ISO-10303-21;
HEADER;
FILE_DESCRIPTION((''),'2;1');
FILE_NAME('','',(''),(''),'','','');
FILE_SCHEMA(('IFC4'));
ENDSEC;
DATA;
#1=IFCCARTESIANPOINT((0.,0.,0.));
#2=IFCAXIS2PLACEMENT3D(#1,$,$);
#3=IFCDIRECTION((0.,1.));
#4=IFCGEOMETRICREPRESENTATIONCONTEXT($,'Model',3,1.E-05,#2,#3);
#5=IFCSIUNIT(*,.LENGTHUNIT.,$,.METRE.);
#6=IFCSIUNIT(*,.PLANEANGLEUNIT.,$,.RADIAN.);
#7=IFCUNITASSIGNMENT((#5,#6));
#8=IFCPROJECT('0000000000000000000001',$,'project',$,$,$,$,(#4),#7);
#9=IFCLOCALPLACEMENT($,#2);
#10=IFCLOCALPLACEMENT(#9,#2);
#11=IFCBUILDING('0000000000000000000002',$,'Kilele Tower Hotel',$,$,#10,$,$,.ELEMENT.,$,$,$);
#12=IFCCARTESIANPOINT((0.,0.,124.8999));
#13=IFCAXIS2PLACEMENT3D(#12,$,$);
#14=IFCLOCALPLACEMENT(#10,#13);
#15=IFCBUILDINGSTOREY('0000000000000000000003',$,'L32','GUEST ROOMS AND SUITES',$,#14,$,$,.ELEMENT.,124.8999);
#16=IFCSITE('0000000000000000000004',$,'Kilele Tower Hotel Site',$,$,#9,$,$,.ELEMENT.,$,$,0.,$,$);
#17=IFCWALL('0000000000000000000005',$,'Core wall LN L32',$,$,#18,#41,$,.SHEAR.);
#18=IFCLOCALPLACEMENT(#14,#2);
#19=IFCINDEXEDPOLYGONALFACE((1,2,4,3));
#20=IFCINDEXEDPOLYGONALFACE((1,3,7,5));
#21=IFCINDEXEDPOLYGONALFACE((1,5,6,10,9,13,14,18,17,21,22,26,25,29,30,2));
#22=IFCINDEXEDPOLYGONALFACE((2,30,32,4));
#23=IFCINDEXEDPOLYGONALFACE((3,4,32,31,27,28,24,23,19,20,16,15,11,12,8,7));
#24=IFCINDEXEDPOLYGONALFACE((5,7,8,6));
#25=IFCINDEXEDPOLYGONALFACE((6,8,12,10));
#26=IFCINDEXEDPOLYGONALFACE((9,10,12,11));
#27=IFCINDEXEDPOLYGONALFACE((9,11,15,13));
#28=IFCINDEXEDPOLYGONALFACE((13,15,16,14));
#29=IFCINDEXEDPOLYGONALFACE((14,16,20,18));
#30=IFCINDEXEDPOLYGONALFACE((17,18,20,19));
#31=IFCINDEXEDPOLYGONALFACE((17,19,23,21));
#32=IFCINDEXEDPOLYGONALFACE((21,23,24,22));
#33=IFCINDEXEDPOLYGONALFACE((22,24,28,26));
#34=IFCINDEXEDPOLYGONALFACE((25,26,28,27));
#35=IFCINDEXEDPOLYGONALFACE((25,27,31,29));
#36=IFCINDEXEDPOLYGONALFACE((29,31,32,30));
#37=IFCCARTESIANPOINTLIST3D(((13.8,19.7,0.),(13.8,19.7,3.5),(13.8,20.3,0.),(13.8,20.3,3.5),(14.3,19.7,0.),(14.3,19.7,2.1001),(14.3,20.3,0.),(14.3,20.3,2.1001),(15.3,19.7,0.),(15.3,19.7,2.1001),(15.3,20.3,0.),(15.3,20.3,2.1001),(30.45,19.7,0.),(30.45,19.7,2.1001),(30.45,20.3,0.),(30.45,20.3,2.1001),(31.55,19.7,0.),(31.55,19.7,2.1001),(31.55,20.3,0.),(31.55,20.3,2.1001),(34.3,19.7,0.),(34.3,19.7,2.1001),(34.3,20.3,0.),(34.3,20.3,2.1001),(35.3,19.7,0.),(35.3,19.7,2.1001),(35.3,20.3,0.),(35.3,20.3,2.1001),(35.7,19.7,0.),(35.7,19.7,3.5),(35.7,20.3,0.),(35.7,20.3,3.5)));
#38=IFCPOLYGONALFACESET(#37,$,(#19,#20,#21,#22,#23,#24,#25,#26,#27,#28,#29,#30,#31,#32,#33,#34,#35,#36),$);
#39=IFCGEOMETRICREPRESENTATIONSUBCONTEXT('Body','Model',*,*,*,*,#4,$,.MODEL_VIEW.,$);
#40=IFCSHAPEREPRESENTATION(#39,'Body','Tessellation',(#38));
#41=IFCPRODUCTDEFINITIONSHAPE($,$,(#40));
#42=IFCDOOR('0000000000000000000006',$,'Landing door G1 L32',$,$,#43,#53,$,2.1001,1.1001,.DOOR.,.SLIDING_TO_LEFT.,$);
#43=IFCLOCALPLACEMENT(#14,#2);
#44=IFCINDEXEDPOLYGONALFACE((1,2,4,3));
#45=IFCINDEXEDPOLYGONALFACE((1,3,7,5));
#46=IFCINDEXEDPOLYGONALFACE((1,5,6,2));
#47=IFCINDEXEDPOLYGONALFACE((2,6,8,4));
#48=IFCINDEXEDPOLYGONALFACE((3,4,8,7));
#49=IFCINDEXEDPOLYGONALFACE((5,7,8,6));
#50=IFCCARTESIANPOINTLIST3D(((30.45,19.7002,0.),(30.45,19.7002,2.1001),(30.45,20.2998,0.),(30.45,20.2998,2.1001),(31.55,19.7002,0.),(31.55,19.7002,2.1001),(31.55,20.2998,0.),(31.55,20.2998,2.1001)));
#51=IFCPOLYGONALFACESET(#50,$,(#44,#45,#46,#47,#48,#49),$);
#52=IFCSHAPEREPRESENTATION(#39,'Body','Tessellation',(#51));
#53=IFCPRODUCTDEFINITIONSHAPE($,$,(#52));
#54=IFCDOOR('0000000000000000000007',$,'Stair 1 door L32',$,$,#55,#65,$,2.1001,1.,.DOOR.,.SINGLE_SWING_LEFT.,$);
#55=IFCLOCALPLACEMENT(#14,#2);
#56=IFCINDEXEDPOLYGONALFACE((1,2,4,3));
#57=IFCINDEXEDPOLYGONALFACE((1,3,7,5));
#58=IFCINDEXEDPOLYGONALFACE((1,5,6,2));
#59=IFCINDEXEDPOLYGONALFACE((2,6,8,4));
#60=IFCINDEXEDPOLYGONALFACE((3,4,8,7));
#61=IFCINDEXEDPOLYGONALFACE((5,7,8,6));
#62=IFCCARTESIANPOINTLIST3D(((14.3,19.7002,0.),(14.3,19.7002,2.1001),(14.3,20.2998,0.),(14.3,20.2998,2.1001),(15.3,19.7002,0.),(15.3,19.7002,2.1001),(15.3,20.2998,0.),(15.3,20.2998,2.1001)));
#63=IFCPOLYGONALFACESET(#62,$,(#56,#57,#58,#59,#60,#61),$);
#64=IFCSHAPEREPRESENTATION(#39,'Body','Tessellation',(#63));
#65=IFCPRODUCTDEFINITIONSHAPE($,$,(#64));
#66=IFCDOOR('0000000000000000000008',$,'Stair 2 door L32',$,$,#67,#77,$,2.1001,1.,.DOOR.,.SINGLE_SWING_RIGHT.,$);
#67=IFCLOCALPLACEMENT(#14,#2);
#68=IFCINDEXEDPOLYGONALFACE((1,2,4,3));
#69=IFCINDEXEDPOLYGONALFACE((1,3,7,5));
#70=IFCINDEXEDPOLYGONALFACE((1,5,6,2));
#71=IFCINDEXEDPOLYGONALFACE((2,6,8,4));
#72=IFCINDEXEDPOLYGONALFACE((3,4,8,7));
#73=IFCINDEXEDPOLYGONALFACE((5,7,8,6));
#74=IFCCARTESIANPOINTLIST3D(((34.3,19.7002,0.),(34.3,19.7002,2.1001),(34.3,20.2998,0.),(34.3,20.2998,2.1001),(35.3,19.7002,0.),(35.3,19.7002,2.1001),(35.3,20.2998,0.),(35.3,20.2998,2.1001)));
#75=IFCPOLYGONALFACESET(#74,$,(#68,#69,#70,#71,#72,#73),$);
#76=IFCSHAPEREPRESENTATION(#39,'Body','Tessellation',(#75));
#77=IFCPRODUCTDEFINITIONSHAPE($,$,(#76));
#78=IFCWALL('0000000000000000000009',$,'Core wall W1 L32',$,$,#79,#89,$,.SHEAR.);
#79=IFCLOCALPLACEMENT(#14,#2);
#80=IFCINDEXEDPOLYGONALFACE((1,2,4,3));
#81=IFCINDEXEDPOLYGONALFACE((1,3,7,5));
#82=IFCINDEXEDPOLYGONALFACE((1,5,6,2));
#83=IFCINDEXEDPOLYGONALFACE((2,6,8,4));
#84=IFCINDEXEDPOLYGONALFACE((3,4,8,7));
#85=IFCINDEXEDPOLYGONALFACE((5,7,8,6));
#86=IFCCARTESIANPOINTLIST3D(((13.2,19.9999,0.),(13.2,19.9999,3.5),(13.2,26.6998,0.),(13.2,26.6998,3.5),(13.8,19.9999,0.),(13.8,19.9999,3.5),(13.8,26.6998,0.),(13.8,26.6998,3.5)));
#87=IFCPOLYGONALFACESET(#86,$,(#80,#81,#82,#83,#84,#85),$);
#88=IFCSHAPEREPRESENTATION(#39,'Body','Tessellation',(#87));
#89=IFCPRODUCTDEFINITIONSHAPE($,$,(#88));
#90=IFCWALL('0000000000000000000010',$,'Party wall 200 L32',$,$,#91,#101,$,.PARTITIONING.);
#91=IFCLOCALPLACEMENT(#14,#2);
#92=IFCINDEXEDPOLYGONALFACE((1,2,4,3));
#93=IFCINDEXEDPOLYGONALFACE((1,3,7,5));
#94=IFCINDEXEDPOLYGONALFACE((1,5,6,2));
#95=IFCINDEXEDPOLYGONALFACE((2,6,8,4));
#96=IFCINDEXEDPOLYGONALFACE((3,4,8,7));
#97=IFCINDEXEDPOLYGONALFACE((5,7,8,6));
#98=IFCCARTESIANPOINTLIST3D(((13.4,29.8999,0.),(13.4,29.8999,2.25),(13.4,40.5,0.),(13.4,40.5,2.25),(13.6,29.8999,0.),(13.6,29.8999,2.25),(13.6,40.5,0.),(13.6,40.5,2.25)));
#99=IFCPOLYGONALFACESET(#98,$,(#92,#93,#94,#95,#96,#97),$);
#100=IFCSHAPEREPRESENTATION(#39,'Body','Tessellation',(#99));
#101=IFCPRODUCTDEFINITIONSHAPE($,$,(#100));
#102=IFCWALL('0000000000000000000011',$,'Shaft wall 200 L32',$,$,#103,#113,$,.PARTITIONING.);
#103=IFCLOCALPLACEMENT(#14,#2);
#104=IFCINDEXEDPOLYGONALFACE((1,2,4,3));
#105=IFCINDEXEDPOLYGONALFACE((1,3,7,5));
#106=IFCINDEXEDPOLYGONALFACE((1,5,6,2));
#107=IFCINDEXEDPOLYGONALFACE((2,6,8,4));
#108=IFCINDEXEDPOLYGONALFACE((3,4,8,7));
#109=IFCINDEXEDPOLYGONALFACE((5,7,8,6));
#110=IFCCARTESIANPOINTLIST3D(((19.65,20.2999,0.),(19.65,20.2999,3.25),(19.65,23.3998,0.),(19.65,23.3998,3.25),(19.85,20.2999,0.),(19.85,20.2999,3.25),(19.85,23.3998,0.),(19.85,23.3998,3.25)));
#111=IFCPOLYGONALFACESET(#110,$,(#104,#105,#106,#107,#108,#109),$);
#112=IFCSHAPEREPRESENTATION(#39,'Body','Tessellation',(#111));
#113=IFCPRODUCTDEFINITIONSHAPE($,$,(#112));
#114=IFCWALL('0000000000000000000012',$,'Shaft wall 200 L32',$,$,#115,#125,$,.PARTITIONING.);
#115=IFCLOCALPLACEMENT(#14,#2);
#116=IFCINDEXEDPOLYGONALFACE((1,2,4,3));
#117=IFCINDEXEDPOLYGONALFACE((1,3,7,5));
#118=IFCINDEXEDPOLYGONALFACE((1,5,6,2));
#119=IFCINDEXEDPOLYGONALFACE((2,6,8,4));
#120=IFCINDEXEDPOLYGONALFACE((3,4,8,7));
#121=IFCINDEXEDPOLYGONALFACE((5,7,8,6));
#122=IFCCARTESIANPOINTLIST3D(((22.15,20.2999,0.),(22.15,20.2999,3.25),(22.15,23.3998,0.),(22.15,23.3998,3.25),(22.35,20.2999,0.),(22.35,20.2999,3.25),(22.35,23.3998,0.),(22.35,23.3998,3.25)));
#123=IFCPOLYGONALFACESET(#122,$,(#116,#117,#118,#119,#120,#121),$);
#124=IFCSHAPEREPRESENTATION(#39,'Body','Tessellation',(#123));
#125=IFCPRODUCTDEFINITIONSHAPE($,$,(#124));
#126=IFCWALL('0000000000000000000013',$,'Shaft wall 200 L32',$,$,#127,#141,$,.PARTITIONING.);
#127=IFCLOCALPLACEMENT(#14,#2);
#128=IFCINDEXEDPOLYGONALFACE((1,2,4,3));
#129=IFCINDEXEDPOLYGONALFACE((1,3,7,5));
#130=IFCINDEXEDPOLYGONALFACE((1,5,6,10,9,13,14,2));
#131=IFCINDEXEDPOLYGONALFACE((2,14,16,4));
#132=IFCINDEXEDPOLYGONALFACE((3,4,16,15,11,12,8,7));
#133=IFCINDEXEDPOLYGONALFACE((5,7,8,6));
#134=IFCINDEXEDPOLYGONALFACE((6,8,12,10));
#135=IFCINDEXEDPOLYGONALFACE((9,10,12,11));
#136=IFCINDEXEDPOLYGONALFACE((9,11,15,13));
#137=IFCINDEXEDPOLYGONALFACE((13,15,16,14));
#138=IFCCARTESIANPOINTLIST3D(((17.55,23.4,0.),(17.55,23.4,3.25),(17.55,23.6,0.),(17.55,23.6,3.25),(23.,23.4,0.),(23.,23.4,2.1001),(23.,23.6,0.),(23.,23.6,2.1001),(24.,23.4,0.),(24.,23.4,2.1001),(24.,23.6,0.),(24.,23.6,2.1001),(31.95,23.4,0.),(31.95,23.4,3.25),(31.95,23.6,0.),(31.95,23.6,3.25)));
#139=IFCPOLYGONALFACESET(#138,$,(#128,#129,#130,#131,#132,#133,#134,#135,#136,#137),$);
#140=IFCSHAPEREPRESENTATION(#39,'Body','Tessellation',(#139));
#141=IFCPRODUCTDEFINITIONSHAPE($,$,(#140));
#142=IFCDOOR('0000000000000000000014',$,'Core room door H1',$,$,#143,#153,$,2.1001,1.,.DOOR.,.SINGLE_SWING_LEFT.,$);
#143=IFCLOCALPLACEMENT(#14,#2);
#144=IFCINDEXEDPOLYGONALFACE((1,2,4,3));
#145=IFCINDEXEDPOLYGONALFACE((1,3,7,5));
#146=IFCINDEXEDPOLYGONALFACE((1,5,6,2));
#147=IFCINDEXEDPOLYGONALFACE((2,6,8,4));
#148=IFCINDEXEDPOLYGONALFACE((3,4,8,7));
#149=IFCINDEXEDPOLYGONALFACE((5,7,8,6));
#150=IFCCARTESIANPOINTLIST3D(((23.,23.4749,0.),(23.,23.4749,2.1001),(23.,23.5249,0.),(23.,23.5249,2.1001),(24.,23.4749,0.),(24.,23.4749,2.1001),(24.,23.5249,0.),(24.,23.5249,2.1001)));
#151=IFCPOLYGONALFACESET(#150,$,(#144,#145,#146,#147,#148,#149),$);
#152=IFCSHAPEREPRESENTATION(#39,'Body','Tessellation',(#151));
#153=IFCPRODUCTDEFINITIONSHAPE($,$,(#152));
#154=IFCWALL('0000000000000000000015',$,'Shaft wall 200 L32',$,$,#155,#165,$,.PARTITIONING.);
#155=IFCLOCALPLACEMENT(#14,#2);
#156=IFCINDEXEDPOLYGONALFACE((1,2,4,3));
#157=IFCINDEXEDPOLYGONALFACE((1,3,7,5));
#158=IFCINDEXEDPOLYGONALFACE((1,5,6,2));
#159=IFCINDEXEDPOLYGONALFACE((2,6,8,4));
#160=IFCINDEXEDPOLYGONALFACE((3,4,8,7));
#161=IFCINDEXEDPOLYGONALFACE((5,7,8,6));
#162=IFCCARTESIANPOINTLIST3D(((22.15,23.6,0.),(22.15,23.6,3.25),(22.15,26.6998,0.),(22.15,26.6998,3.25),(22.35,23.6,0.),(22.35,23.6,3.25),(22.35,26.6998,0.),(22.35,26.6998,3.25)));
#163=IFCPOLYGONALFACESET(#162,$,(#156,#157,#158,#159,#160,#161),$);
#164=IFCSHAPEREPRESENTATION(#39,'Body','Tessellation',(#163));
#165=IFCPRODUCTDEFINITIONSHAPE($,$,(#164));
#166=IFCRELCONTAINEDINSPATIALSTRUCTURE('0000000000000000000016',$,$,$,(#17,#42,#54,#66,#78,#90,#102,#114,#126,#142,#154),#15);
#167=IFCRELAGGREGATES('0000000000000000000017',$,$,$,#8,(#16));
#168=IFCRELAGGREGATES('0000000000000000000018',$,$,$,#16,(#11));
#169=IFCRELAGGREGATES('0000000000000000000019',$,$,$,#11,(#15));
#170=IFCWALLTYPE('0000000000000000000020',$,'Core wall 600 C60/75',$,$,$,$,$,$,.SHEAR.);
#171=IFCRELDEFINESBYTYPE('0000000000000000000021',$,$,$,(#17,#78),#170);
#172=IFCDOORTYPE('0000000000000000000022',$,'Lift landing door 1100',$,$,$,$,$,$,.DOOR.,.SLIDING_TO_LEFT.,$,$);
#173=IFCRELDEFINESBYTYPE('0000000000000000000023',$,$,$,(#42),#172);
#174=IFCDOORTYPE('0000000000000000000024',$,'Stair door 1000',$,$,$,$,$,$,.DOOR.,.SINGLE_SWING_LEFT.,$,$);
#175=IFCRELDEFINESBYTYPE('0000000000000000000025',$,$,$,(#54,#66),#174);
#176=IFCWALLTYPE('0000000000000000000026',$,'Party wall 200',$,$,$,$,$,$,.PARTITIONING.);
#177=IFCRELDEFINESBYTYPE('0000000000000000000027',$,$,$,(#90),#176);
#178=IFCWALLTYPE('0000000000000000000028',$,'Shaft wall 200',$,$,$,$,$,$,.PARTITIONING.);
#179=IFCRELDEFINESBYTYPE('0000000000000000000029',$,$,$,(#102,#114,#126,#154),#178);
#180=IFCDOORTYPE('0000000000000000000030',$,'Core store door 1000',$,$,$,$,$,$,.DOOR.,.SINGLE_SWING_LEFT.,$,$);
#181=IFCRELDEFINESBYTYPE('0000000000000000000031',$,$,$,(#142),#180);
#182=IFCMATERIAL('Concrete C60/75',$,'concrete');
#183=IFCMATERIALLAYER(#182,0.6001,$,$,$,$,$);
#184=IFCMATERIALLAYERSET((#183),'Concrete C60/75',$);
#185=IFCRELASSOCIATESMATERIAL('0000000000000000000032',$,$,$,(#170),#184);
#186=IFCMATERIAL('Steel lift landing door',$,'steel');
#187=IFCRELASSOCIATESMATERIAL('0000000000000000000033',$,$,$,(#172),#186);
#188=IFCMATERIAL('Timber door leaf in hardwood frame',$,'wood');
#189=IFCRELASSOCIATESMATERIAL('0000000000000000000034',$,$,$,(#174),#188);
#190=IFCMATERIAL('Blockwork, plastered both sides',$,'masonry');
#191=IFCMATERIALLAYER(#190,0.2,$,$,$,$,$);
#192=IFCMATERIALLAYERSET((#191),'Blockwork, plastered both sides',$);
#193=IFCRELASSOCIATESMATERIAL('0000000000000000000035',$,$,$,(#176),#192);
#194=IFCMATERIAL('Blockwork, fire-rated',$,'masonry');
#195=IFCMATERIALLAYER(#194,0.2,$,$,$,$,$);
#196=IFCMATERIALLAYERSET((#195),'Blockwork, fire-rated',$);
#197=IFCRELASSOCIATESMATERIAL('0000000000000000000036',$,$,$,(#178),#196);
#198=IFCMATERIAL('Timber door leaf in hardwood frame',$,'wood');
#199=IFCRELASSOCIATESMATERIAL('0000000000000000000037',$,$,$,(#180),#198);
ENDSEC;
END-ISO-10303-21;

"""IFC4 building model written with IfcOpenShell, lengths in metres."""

from ifc_helpers import new_model, si_unit, direction, frame, frame_2d, origin, place, context, subcontext, project, spatial, rectangle, extrude, material, layer, layer_set, type_object, element, fill, save


model = new_model("IFC4")

# Units and contexts
model_context = context("Model", 3, precision=1e-05, world=origin(), true_north=direction((0.0, 1.0)))
body_context = subcontext(model_context, "Body", "Model", "MODEL_VIEW")
ifc_project = project(units=[si_unit("LENGTHUNIT", "METRE"), si_unit("PLANEANGLEUNIT", "RADIAN")], contexts=[model_context])

# Site, building, storey
site_placement = place(None, origin())
site = spatial("IfcSite", under=ifc_project, at=site_placement, Name="Kilele Tower Hotel Site", CompositionType="ELEMENT", RefElevation=0.0)
building_placement = place(site_placement, origin())
building = spatial("IfcBuilding", under=site, at=building_placement, Name="Kilele Tower Hotel", CompositionType="ELEMENT")
storey_placement = place(building_placement, frame((0.0, 0.0, 124.8999)))
storey = spatial("IfcBuildingStorey", under=building, at=storey_placement, Name="L32", Description="GUEST ROOMS AND SUITES", CompositionType="ELEMENT", Elevation=124.8999)

# Wall, openings, doors
ifc_material_1 = material(Name="Concrete C60/75", Category="concrete")
ifc_layer_1 = layer(ifc_material_1, 0.6001)
ifc_layer_set_1 = layer_set([ifc_layer_1], Name="Concrete C60/75")
wall_type_1 = type_object("IfcWallType", Name="Core wall 600 C60/75", PredefinedType="SHEAR", material=ifc_layer_set_1)
wall_1_placement = place(storey_placement, frame((13.8, 20.0, 0.0), z_axis=(0.0, 0.0, 1.0), x_axis=(1.0, 0.0, 0.0)))
wall_1 = element("IfcWall", 1, at=wall_1_placement, inside=storey, type_object=wall_type_1, Name="Core wall LN L32", PredefinedType="SHEAR", context=body_context, shape_type="SweptSolid", body=[
    extrude(rectangle(XDim=21.8999, YDim=0.6001, at=frame_2d((10.95, 0.0))), origin(), (0.0, 0.0, 1.0), 3.5),
])
opening_1_placement = place(wall_1_placement, frame((0.5, 0.0, 0.0)))
opening_1 = element("IfcOpeningElement", 2, at=opening_1_placement, cuts=wall_1, PredefinedType="OPENING", context=body_context, shape_type="SweptSolid", body=[
    extrude(rectangle(XDim=1.0, YDim=2.1001, at=frame_2d((0.5, 1.05))), frame((0.0, 0.3101, 0.0), z_axis=(0.0, -1.0, 0.0), x_axis=(1.0, 0.0, 0.0)), (0.0, 0.0, 1.0), 0.6201),
])
opening_2_placement = place(wall_1_placement, frame((20.5, 0.0, 0.0)))
opening_2 = element("IfcOpeningElement", 3, at=opening_2_placement, cuts=wall_1, PredefinedType="OPENING", context=body_context, shape_type="SweptSolid", body=[
    extrude(rectangle(XDim=1.0, YDim=2.1001, at=frame_2d((0.5, 1.05))), frame((0.0, 0.3101, 0.0), z_axis=(0.0, -1.0, 0.0), x_axis=(1.0, 0.0, 0.0)), (0.0, 0.0, 1.0), 0.6201),
])
opening_3_placement = place(wall_1_placement, frame((16.6499, 0.0, 0.0)))
opening_3 = element("IfcOpeningElement", 4, at=opening_3_placement, cuts=wall_1, PredefinedType="OPENING", context=body_context, shape_type="SweptSolid", body=[
    extrude(rectangle(XDim=1.1001, YDim=2.1001, at=frame_2d((0.55, 1.05))), frame((0.0, 0.3101, 0.0), z_axis=(0.0, -1.0, 0.0), x_axis=(1.0, 0.0, 0.0)), (0.0, 0.0, 1.0), 0.6201),
])
ifc_material_2 = material(Name="Steel lift landing door", Category="steel")
door_type_1 = type_object("IfcDoorType", Name="Lift landing door 1100", OperationType="SLIDING_TO_LEFT", PredefinedType="DOOR", material=ifc_material_2)
door_1_placement = place(opening_3_placement, origin())
door_1 = element("IfcDoor", 5, at=door_1_placement, inside=storey, type_object=door_type_1, Name="Landing door G1 L32", OperationType="SLIDING_TO_LEFT", OverallHeight=2.1001, OverallWidth=1.1001, PredefinedType="DOOR", context=body_context, shape_type="SweptSolid", body=[
    extrude(rectangle(XDim=1.1001, YDim=2.1001, at=frame_2d((0.55, 1.05))), frame((0.0, 0.2998, 0.0), z_axis=(0.0, -1.0, 0.0), x_axis=(1.0, 0.0, 0.0)), (0.0, 0.0, 1.0), 0.5996),
])
fill(opening_3, door_1)
ifc_material_3 = material(Name="Timber door leaf in hardwood frame", Category="wood")
door_type_2 = type_object("IfcDoorType", Name="Stair door 1000", OperationType="SINGLE_SWING_LEFT", PredefinedType="DOOR", material=ifc_material_3)
door_2_placement = place(opening_1_placement, origin())
door_2 = element("IfcDoor", 6, at=door_2_placement, inside=storey, type_object=door_type_2, Name="Stair 1 door L32", OperationType="SINGLE_SWING_LEFT", OverallHeight=2.1001, OverallWidth=1.0, PredefinedType="DOOR", context=body_context, shape_type="SweptSolid", body=[
    extrude(rectangle(XDim=1.0, YDim=2.1001, at=frame_2d((0.5, 1.05))), frame((0.0, 0.2998, 0.0), z_axis=(0.0, -1.0, 0.0), x_axis=(1.0, 0.0, 0.0)), (0.0, 0.0, 1.0), 0.5996),
])
fill(opening_1, door_2)
door_3_placement = place(opening_2_placement, origin())
door_3 = element("IfcDoor", 7, at=door_3_placement, inside=storey, type_object=door_type_2, Name="Stair 2 door L32", OperationType="SINGLE_SWING_RIGHT", OverallHeight=2.1001, OverallWidth=1.0, PredefinedType="DOOR", context=body_context, shape_type="SweptSolid", body=[
    extrude(rectangle(XDim=1.0, YDim=2.1001, at=frame_2d((0.5, 1.05))), frame((0.0, 0.2998, 0.0), z_axis=(0.0, -1.0, 0.0), x_axis=(1.0, 0.0, 0.0)), (0.0, 0.0, 1.0), 0.5996),
])
fill(opening_2, door_3)

# Walls
wall_2_placement = place(storey_placement, frame((13.5, 26.7, 0.0), z_axis=(0.0, 0.0, 1.0), x_axis=(0.0, -1.0, 0.0)))
element("IfcWall", 8, at=wall_2_placement, inside=storey, type_object=wall_type_1, Name="Core wall W1 L32", PredefinedType="SHEAR", context=body_context, shape_type="SweptSolid", body=[
    extrude(rectangle(XDim=6.7, YDim=0.6001, at=frame_2d((3.3501, 0.0))), origin(), (0.0, 0.0, 1.0), 3.5),
])
ifc_material_4 = material(Name="Blockwork, plastered both sides", Category="masonry")
ifc_layer_2 = layer(ifc_material_4, 0.2)
ifc_layer_set_2 = layer_set([ifc_layer_2], Name="Blockwork, plastered both sides")
wall_type_2 = type_object("IfcWallType", Name="Party wall 200", PredefinedType="PARTITIONING", material=ifc_layer_set_2)
wall_3_placement = place(storey_placement, frame((13.5, 29.8999, 0.0), z_axis=(0.0, 0.0, 1.0), x_axis=(0.0, 1.0, 0.0)))
element("IfcWall", 9, at=wall_3_placement, inside=storey, type_object=wall_type_2, Name="Party wall 200 L32", PredefinedType="PARTITIONING", context=body_context, shape_type="SweptSolid", body=[
    extrude(rectangle(XDim=10.6001, YDim=0.2, at=frame_2d((5.3, 0.0))), origin(), (0.0, 0.0, 1.0), 2.25),
])
ifc_material_5 = material(Name="Blockwork, fire-rated", Category="masonry")
ifc_layer_3 = layer(ifc_material_5, 0.2)
ifc_layer_set_3 = layer_set([ifc_layer_3], Name="Blockwork, fire-rated")
wall_type_3 = type_object("IfcWallType", Name="Shaft wall 200", PredefinedType="PARTITIONING", material=ifc_layer_set_3)
for number, where, z_axis, x_axis, name in (
    (10, (19.75, 20.3, 0.0), (0.0, 0.0, 1.0), (0.0, 1.0, 0.0), "Shaft wall 200 L32"),
    (11, (22.25, 20.3, 0.0), (0.0, 0.0, 1.0), (0.0, 1.0, 0.0), "Shaft wall 200 L32"),
):
    element("IfcWall", number, at=place(storey_placement, frame(where, z_axis=z_axis, x_axis=x_axis)), inside=storey, type_object=wall_type_3, Name=name, PredefinedType="PARTITIONING", context=body_context, shape_type="SweptSolid", body=[
        extrude(rectangle(XDim=3.0999, YDim=0.2, at=frame_2d((1.5498, 0.0))), origin(), (0.0, 0.0, 1.0), 3.25),
    ])

# Wall, opening, door
wall_4_placement = place(storey_placement, frame((17.55, 23.5, 0.0), z_axis=(0.0, 0.0, 1.0), x_axis=(1.0, 0.0, 0.0)))
wall_4 = element("IfcWall", 12, at=wall_4_placement, inside=storey, type_object=wall_type_3, Name="Shaft wall 200 L32", PredefinedType="PARTITIONING", context=body_context, shape_type="SweptSolid", body=[
    extrude(rectangle(XDim=14.3999, YDim=0.2, at=frame_2d((7.2, 0.0))), origin(), (0.0, 0.0, 1.0), 3.25),
])
opening_4_placement = place(wall_4_placement, frame((5.45, 0.0, 0.0)))
opening_4 = element("IfcOpeningElement", 13, at=opening_4_placement, cuts=wall_4, PredefinedType="OPENING", context=body_context, shape_type="SweptSolid", body=[
    extrude(rectangle(XDim=1.0, YDim=2.1001, at=frame_2d((0.5, 1.05))), frame((0.0, 0.1099, 0.0), z_axis=(0.0, -1.0, 0.0), x_axis=(1.0, 0.0, 0.0)), (0.0, 0.0, 1.0), 0.22),
])
ifc_material_6 = material(Name="Timber door leaf in hardwood frame", Category="wood")
door_type_3 = type_object("IfcDoorType", Name="Core store door 1000", OperationType="SINGLE_SWING_LEFT", PredefinedType="DOOR", material=ifc_material_6)
door_4_placement = place(opening_4_placement, origin())
door_4 = element("IfcDoor", 14, at=door_4_placement, inside=storey, type_object=door_type_3, Name="Core room door H1", OperationType="SINGLE_SWING_LEFT", OverallHeight=2.1001, OverallWidth=1.0, PredefinedType="DOOR", context=body_context, shape_type="SweptSolid", body=[
    extrude(rectangle(XDim=1.0, YDim=2.1001, at=frame_2d((0.5, 1.05))), frame((0.0, 0.0249, 0.0), z_axis=(0.0, -1.0, 0.0), x_axis=(1.0, 0.0, 0.0)), (0.0, 0.0, 1.0), 0.05),
])
fill(opening_4, door_4)

# Wall
wall_5_placement = place(storey_placement, frame((22.25, 23.6001, 0.0), z_axis=(0.0, 0.0, 1.0), x_axis=(0.0, 1.0, 0.0)))
element("IfcWall", 15, at=wall_5_placement, inside=storey, type_object=wall_type_3, Name="Shaft wall 200 L32", PredefinedType="PARTITIONING", context=body_context, shape_type="SweptSolid", body=[
    extrude(rectangle(XDim=3.0999, YDim=0.2, at=frame_2d((1.5498, 0.0))), origin(), (0.0, 0.0, 1.0), 3.25),
])

save(model, "model.ifc")
